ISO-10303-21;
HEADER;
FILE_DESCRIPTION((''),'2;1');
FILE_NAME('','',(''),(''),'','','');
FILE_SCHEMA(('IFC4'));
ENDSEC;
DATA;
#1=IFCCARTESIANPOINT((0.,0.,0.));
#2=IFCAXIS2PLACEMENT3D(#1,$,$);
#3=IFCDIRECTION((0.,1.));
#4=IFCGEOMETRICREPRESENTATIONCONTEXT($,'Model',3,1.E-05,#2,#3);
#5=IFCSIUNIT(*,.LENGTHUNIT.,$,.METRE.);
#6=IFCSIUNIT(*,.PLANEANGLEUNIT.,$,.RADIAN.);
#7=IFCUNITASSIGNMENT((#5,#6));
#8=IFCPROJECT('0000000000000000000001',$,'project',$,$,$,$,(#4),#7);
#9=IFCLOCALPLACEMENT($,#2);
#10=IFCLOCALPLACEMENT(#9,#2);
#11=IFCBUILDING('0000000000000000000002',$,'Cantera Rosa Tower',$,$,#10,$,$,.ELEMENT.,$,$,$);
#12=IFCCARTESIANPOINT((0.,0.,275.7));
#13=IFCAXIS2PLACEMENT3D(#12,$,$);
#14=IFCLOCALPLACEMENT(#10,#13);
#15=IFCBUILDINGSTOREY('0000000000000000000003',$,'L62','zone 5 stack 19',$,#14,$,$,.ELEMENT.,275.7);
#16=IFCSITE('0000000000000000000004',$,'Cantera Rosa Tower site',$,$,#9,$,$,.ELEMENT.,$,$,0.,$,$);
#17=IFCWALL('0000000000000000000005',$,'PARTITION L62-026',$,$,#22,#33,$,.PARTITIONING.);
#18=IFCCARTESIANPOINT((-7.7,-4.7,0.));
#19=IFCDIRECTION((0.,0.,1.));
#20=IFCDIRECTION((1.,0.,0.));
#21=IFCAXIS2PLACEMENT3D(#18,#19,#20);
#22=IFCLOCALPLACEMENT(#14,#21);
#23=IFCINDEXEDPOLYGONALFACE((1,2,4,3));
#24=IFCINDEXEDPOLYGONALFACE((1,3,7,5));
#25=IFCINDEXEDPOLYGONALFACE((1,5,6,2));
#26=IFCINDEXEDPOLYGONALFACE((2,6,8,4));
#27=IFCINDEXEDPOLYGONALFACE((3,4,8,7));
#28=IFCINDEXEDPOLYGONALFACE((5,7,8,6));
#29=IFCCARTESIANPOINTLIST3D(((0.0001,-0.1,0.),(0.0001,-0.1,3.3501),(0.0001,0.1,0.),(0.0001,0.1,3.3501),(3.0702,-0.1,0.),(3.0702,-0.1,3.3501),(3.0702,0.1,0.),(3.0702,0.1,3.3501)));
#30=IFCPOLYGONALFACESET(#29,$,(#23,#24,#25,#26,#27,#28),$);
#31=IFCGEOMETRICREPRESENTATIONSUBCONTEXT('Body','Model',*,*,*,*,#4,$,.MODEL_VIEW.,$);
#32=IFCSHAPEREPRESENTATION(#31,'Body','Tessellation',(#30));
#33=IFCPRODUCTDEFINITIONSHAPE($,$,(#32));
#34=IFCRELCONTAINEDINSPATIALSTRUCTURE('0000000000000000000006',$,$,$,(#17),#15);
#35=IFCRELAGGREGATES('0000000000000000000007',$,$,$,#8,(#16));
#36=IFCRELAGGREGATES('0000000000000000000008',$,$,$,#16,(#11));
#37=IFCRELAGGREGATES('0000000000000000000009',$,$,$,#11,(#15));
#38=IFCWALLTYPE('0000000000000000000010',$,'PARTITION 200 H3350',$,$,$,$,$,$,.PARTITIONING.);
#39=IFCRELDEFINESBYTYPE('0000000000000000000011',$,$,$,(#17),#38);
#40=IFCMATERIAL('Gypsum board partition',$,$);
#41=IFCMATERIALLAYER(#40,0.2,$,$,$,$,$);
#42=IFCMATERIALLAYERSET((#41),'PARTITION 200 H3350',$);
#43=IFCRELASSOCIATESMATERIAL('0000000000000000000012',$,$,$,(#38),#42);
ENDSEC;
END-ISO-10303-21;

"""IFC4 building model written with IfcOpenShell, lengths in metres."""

from ifc_helpers import new_model, si_unit, direction, frame, frame_2d, origin, place, context, subcontext, project, spatial, rectangle, extrude, material, layer, layer_set, type_object, element, save


model = new_model("IFC4")

# Units and contexts
model_context = context("Model", 3, precision=1e-05, world=origin(), true_north=direction((0.0, 1.0)))
body_context = subcontext(model_context, "Body", "Model", "MODEL_VIEW")
ifc_project = project(units=[si_unit("LENGTHUNIT", "METRE"), si_unit("PLANEANGLEUNIT", "RADIAN")], contexts=[model_context])

# Site, building, storey
site_placement = place(None, origin())
site = spatial("IfcSite", under=ifc_project, at=site_placement, Name="Cantera Rosa Tower site", CompositionType="ELEMENT", RefElevation=0.0)
building_placement = place(site_placement, origin())
building = spatial("IfcBuilding", under=site, at=building_placement, Name="Cantera Rosa Tower", CompositionType="ELEMENT")
storey_placement = place(building_placement, frame((0.0, 0.0, 275.7)))
storey = spatial("IfcBuildingStorey", under=building, at=storey_placement, Name="L62", Description="zone 5 stack 19", CompositionType="ELEMENT", Elevation=275.7)

# Wall
ifc_material_1 = material(Name="Gypsum board partition")
ifc_layer_1 = layer(ifc_material_1, 0.2)
ifc_layer_set_1 = layer_set([ifc_layer_1], Name="PARTITION 200 H3350")
wall_type_1 = type_object("IfcWallType", Name="PARTITION 200 H3350", PredefinedType="PARTITIONING", material=ifc_layer_set_1)
wall_1_placement = place(storey_placement, frame((-7.7, -4.7, 0.0), z_axis=(0.0, 0.0, 1.0), x_axis=(1.0, 0.0, 0.0)))
element("IfcWall", 1, at=wall_1_placement, inside=storey, type_object=wall_type_1, Name="PARTITION L62-026", PredefinedType="PARTITIONING", context=body_context, shape_type="SweptSolid", body=[
    extrude(rectangle(XDim=3.0701, YDim=0.2, at=frame_2d((1.5352, 0.0))), origin(), (0.0, 0.0, 1.0), 3.3501),
])

save(model, "model.ifc")
